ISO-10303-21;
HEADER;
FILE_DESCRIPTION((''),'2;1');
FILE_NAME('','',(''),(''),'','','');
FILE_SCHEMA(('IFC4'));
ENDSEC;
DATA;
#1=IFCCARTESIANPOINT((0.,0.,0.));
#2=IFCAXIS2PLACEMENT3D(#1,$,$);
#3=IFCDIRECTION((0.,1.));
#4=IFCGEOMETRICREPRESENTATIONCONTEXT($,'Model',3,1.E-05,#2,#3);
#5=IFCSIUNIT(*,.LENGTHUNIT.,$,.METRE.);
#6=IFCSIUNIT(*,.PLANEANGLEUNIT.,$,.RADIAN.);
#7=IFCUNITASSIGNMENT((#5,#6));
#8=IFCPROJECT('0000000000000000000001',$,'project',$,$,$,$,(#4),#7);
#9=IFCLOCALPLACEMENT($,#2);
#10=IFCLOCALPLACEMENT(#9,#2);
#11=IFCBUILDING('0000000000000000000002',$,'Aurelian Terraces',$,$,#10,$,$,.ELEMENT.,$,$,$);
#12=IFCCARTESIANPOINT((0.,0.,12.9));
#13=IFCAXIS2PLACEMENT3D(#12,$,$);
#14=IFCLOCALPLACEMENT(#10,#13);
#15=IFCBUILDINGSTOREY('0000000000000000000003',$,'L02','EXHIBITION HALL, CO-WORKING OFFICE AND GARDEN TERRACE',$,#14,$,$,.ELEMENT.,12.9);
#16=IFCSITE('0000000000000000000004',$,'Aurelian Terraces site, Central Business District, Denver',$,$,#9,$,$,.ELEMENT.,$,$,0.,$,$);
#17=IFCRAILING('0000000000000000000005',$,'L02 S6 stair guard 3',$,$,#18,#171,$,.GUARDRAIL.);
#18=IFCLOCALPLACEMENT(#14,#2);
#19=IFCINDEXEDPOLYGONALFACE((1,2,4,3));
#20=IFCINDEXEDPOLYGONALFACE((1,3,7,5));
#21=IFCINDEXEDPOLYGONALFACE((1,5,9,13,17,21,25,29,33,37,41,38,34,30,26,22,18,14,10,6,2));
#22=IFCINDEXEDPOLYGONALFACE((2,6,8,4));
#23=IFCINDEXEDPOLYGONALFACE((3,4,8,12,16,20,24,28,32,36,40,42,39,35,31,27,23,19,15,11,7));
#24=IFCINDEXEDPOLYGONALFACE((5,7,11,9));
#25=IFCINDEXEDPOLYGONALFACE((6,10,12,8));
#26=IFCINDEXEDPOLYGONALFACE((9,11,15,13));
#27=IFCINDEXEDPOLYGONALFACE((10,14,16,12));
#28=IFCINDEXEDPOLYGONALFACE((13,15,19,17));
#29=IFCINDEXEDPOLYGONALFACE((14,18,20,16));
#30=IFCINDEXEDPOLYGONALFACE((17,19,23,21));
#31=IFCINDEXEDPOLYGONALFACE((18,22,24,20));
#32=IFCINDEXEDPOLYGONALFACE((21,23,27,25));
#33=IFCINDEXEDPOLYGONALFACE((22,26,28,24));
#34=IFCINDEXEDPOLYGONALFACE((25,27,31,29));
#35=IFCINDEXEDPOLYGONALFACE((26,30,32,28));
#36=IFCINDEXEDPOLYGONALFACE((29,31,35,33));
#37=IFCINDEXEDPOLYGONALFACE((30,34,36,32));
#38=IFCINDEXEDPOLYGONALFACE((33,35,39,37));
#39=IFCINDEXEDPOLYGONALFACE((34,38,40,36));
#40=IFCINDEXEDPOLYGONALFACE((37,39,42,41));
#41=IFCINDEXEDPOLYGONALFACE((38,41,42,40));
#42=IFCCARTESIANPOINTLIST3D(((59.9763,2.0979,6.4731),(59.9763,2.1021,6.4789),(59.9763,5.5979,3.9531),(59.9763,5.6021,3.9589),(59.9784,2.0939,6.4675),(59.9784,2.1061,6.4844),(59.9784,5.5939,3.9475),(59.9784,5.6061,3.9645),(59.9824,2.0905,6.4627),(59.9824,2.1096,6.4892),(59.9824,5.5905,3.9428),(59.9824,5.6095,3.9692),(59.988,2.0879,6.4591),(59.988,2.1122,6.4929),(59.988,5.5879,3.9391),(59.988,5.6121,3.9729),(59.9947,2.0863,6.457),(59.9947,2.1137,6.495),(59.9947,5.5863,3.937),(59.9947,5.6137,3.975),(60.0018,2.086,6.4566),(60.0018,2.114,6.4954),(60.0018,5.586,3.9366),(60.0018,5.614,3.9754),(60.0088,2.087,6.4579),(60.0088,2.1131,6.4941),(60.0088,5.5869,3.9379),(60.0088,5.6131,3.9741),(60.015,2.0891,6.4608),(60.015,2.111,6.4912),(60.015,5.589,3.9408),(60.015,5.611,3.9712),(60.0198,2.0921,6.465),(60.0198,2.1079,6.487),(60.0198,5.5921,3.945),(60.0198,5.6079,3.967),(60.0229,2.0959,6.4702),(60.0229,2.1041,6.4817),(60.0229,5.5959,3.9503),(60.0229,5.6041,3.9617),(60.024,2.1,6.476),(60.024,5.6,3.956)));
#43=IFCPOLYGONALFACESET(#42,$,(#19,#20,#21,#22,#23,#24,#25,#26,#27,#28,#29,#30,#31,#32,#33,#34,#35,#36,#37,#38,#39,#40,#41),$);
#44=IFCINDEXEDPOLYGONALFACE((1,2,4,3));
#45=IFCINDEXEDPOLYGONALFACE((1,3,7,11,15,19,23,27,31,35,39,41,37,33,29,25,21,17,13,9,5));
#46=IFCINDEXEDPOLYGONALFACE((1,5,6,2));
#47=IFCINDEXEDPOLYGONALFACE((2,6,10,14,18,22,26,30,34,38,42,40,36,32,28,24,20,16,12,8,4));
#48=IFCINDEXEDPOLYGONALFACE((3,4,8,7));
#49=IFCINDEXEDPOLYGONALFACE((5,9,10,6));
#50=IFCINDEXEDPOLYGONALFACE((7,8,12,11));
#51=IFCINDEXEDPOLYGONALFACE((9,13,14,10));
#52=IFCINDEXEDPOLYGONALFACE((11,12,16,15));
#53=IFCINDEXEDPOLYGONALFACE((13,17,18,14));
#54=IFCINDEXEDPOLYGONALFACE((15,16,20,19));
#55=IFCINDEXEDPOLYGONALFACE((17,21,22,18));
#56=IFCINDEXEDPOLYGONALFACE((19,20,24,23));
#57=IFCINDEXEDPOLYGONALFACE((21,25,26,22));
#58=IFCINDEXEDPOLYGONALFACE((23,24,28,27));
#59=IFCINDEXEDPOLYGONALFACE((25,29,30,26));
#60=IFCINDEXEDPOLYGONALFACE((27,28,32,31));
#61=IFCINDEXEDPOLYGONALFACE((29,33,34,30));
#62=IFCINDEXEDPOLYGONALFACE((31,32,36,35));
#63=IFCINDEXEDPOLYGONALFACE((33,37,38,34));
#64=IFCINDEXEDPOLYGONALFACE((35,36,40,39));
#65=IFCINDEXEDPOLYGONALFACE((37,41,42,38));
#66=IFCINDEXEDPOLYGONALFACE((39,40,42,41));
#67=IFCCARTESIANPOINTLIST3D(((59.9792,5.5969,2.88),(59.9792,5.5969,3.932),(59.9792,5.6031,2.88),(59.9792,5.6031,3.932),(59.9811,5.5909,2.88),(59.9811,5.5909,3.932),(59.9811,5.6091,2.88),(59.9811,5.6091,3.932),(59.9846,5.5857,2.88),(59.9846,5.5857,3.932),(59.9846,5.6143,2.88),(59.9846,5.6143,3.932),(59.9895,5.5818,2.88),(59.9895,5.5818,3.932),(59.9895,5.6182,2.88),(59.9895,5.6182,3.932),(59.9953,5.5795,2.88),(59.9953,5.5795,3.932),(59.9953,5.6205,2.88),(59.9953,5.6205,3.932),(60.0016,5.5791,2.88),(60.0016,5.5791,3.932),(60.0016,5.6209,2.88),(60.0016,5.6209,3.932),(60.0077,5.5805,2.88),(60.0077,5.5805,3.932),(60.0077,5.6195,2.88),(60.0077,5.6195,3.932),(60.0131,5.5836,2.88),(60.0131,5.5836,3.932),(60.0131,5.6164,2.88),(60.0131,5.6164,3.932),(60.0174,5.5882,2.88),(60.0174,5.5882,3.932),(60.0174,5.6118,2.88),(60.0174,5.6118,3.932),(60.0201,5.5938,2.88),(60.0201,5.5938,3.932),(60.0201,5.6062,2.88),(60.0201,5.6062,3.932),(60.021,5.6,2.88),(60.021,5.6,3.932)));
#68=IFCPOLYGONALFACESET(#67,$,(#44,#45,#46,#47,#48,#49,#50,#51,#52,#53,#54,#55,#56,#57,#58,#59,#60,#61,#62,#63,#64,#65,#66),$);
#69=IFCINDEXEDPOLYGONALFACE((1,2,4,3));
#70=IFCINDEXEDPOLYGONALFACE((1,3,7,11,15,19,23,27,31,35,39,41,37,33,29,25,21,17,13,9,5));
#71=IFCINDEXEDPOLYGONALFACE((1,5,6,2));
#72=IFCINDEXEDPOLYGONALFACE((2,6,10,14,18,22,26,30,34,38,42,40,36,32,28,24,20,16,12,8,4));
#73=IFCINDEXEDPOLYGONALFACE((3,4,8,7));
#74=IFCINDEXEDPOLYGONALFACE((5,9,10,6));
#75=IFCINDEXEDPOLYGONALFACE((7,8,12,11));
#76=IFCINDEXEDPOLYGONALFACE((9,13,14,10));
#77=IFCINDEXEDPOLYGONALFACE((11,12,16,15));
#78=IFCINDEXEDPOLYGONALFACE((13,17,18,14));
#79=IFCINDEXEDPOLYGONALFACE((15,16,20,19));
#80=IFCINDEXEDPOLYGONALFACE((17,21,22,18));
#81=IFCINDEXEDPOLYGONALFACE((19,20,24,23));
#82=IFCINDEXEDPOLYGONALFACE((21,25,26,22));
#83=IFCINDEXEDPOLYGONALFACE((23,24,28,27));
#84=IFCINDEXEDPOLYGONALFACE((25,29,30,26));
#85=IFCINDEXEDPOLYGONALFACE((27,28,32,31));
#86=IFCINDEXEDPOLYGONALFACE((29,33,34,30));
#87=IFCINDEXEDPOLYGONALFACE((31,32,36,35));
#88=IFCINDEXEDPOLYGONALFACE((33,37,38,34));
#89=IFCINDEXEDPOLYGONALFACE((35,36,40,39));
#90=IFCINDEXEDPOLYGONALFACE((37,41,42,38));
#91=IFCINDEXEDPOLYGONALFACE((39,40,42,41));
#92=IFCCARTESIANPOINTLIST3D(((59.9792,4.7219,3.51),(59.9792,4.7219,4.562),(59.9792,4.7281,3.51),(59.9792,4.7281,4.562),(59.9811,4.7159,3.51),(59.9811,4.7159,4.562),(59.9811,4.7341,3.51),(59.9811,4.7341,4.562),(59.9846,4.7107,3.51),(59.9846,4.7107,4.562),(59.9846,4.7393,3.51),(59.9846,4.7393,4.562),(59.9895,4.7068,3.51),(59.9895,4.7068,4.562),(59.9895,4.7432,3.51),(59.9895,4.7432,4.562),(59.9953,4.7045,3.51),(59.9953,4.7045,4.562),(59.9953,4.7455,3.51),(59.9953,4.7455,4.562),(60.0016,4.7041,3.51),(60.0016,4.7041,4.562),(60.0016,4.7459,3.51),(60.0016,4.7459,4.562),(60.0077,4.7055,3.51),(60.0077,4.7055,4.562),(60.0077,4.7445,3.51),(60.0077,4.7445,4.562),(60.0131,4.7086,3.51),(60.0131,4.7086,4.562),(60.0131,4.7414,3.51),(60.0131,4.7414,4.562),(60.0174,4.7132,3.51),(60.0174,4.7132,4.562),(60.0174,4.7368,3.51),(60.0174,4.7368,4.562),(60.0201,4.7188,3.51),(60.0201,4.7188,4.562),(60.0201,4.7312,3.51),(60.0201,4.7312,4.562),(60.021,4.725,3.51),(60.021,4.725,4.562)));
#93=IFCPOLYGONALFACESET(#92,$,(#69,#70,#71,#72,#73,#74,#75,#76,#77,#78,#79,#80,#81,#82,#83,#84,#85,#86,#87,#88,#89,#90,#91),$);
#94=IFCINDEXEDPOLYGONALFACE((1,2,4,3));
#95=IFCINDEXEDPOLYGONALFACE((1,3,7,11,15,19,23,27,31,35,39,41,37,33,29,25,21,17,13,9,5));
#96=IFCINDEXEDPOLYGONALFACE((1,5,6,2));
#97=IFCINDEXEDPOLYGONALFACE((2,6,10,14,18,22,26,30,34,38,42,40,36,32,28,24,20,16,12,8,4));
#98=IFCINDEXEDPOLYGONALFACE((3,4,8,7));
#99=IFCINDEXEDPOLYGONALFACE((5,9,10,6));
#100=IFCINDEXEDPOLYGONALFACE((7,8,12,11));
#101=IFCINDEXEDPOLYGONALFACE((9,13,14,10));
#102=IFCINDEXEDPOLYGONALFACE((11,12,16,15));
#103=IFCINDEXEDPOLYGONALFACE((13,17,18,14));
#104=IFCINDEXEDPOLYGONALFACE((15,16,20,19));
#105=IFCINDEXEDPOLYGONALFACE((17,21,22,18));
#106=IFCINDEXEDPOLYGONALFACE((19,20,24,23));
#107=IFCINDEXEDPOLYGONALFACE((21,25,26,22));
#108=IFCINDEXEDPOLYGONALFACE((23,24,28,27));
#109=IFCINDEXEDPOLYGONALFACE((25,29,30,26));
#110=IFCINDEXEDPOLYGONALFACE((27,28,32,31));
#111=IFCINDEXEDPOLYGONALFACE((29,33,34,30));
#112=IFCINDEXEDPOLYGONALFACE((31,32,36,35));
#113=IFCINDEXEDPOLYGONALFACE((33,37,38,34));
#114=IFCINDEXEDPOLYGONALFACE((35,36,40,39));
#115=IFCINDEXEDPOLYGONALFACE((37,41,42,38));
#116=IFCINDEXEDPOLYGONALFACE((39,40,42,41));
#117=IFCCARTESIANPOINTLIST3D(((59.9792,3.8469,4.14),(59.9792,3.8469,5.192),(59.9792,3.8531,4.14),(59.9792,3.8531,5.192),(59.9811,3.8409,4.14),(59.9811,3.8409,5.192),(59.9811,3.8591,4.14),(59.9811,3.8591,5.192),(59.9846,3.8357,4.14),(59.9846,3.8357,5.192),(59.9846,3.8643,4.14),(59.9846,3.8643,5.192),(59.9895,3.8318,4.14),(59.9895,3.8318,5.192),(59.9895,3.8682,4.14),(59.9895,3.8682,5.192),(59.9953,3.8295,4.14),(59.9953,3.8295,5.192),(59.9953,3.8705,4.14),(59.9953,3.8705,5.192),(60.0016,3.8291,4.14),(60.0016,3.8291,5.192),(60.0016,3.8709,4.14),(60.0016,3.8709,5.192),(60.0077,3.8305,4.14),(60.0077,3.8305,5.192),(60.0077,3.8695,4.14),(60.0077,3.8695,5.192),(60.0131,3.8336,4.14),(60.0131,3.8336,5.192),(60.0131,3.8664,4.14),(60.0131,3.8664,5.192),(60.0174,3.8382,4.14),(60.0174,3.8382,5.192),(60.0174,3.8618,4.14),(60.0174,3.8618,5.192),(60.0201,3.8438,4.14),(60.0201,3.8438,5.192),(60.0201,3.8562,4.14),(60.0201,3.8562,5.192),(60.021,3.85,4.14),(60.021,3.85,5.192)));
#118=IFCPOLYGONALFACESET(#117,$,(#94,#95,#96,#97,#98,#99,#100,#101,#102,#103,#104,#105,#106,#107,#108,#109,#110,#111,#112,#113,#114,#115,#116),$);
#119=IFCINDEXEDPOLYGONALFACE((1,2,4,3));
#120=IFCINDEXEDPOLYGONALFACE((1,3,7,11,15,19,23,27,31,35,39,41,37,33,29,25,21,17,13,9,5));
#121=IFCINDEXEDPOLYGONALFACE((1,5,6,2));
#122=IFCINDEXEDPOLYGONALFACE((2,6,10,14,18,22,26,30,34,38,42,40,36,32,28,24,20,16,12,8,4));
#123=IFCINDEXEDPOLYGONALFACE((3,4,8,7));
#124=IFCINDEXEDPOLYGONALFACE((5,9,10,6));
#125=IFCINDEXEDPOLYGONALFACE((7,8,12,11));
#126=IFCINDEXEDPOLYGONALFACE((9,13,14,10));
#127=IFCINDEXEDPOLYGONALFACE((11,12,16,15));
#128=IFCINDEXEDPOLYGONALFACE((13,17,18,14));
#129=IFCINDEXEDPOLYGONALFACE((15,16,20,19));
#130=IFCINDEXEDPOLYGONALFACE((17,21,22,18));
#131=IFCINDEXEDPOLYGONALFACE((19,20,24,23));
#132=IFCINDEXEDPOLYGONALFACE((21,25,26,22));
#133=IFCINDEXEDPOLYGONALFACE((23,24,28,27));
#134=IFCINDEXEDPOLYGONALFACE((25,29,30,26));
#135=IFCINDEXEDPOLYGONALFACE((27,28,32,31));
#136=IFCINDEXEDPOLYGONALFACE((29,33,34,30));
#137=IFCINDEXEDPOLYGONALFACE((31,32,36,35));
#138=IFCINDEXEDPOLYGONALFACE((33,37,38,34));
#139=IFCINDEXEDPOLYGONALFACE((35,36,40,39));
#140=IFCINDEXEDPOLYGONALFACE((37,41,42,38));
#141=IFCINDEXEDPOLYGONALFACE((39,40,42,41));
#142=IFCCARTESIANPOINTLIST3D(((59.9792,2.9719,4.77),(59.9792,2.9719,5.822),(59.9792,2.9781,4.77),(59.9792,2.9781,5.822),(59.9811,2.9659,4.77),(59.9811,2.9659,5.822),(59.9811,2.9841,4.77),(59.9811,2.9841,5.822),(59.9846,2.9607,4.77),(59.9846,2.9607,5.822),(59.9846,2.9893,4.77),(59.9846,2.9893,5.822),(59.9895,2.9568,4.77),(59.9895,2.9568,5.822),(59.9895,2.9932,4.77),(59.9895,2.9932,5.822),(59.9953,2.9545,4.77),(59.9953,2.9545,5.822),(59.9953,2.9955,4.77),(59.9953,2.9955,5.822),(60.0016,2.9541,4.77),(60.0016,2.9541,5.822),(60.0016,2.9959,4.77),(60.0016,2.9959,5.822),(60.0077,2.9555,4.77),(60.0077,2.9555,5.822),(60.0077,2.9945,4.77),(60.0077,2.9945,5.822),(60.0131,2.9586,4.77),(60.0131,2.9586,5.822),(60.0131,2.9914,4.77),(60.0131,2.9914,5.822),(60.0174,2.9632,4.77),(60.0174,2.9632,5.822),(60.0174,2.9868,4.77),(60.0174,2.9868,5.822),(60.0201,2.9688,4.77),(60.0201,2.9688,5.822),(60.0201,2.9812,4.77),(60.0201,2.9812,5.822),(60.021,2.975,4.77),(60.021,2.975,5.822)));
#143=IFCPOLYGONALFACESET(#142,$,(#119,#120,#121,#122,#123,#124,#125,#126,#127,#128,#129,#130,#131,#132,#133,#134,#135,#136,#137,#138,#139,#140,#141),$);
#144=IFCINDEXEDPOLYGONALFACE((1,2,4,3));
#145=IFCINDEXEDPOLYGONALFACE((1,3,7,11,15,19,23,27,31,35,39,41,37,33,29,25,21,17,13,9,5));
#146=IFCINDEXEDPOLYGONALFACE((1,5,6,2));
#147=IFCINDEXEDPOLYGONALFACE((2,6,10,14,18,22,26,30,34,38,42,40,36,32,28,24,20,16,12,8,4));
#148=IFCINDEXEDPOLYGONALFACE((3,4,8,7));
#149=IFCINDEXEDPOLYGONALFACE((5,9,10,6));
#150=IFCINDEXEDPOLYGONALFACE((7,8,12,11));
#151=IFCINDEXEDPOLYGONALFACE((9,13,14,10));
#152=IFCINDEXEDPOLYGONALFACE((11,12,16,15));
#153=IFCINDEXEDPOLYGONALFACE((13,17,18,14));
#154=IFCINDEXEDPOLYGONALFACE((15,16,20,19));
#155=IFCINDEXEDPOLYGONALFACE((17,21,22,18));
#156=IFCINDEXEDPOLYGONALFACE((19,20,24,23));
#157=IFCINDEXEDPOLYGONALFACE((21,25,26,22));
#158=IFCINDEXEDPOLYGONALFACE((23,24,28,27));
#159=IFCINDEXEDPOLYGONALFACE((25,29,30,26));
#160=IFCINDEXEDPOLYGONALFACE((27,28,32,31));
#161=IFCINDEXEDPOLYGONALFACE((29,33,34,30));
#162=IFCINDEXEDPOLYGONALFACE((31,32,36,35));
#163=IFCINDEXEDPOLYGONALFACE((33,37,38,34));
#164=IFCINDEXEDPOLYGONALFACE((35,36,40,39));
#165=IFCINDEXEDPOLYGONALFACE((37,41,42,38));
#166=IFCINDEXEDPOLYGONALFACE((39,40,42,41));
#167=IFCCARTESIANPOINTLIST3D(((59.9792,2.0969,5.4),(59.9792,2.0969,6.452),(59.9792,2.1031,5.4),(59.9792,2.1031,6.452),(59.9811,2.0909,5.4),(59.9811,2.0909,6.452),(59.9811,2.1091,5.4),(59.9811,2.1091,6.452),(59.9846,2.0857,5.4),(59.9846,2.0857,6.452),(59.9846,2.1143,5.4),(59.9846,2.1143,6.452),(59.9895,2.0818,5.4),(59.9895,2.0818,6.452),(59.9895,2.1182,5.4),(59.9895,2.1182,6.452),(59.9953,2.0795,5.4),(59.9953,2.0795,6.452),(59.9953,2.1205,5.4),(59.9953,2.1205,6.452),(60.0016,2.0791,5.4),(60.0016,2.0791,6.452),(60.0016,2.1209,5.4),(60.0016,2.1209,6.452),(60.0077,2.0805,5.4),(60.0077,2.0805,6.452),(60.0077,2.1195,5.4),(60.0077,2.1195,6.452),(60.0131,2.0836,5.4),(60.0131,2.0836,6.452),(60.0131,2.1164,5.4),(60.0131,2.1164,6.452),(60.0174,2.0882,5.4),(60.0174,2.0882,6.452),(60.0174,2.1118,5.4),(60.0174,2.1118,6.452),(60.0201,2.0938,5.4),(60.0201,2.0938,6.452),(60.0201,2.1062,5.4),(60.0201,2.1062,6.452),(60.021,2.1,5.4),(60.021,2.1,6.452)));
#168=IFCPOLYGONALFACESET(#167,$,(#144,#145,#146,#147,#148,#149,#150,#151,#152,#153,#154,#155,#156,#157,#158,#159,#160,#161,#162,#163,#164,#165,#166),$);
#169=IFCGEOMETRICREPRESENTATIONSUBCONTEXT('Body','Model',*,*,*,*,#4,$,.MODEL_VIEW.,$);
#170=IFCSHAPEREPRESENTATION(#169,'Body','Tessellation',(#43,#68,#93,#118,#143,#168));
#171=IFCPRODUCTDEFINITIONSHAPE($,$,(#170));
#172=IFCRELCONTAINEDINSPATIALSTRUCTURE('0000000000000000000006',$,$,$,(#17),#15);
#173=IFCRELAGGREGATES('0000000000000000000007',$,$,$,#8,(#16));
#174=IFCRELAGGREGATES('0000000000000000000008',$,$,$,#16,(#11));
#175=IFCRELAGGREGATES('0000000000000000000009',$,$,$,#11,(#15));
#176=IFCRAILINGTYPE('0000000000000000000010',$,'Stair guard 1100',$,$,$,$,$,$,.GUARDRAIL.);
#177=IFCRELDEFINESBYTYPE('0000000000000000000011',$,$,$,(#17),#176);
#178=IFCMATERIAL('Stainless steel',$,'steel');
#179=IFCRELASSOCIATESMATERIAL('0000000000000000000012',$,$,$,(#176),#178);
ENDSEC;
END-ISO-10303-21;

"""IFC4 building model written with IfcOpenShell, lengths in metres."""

from ifc_helpers import new_model, si_unit, direction, frame, origin, origin_2d, place, context, subcontext, project, spatial, circle, extrude, source, transform, mapped, material, type_object, element, save


model = new_model("IFC4")

# Units and contexts
model_context = context("Model", 3, precision=1e-05, world=origin(), true_north=direction((0.0, 1.0)))
body_context = subcontext(model_context, "Body", "Model", "MODEL_VIEW")
ifc_project = project(units=[si_unit("LENGTHUNIT", "METRE"), si_unit("PLANEANGLEUNIT", "RADIAN")], contexts=[model_context])

# Site, building, storey
site_placement = place(None, origin())
site = spatial("IfcSite", under=ifc_project, at=site_placement, Name="Aurelian Terraces site, Central Business District, Denver", CompositionType="ELEMENT", RefElevation=0.0)
building_placement = place(site_placement, origin())
building = spatial("IfcBuilding", under=site, at=building_placement, Name="Aurelian Terraces", CompositionType="ELEMENT")
storey_placement = place(building_placement, frame((0.0, 0.0, 12.9)))
storey = spatial("IfcBuildingStorey", under=building, at=storey_placement, Name="L02", Description="EXHIBITION HALL, CO-WORKING OFFICE AND GARDEN TERRACE", CompositionType="ELEMENT", Elevation=12.9)

# Railing
ifc_material_1 = material(Name="Stainless steel", Category="steel")
railing_type_1 = type_object("IfcRailingType", Name="Stair guard 1100", PredefinedType="GUARDRAIL", material=ifc_material_1)
shared_shape_1 = source(origin(), body_context, "Body", "SweptSolid", [
    extrude(circle(Radius=0.024, at=origin_2d()), frame((0.0, 0.0, 1.076), z_axis=(0.0, -0.811534, 0.584305), x_axis=(1.0, 0.0, 0.0)), (0.0, 0.0, 1.0), 4.3128),
    extrude(circle(Radius=0.021, at=origin_2d()), origin(), (0.0, 0.0, 1.0), 1.052),
    extrude(circle(Radius=0.021, at=origin_2d()), frame((0.0, -0.875, 0.63)), (0.0, 0.0, 1.0), 1.052),
    extrude(circle(Radius=0.021, at=origin_2d()), frame((0.0, -1.75, 1.26)), (0.0, 0.0, 1.0), 1.052),
    extrude(circle(Radius=0.021, at=origin_2d()), frame((0.0, -2.625, 1.89)), (0.0, 0.0, 1.0), 1.052),
    extrude(circle(Radius=0.021, at=origin_2d()), frame((0.0, -3.5, 2.52)), (0.0, 0.0, 1.0), 1.052),
])
railing_1_placement = place(storey_placement, frame((60.0, 5.6, 2.88)))
element("IfcRailing", 1, at=railing_1_placement, inside=storey, type_object=railing_type_1, Name="L02 S6 stair guard 3", PredefinedType="GUARDRAIL", context=body_context, shape_type="MappedRepresentation", body=[
    mapped(shared_shape_1, transform((0.0, 0.0, 0.0), scale=1.0)),
])

save(model, "model.ifc")
